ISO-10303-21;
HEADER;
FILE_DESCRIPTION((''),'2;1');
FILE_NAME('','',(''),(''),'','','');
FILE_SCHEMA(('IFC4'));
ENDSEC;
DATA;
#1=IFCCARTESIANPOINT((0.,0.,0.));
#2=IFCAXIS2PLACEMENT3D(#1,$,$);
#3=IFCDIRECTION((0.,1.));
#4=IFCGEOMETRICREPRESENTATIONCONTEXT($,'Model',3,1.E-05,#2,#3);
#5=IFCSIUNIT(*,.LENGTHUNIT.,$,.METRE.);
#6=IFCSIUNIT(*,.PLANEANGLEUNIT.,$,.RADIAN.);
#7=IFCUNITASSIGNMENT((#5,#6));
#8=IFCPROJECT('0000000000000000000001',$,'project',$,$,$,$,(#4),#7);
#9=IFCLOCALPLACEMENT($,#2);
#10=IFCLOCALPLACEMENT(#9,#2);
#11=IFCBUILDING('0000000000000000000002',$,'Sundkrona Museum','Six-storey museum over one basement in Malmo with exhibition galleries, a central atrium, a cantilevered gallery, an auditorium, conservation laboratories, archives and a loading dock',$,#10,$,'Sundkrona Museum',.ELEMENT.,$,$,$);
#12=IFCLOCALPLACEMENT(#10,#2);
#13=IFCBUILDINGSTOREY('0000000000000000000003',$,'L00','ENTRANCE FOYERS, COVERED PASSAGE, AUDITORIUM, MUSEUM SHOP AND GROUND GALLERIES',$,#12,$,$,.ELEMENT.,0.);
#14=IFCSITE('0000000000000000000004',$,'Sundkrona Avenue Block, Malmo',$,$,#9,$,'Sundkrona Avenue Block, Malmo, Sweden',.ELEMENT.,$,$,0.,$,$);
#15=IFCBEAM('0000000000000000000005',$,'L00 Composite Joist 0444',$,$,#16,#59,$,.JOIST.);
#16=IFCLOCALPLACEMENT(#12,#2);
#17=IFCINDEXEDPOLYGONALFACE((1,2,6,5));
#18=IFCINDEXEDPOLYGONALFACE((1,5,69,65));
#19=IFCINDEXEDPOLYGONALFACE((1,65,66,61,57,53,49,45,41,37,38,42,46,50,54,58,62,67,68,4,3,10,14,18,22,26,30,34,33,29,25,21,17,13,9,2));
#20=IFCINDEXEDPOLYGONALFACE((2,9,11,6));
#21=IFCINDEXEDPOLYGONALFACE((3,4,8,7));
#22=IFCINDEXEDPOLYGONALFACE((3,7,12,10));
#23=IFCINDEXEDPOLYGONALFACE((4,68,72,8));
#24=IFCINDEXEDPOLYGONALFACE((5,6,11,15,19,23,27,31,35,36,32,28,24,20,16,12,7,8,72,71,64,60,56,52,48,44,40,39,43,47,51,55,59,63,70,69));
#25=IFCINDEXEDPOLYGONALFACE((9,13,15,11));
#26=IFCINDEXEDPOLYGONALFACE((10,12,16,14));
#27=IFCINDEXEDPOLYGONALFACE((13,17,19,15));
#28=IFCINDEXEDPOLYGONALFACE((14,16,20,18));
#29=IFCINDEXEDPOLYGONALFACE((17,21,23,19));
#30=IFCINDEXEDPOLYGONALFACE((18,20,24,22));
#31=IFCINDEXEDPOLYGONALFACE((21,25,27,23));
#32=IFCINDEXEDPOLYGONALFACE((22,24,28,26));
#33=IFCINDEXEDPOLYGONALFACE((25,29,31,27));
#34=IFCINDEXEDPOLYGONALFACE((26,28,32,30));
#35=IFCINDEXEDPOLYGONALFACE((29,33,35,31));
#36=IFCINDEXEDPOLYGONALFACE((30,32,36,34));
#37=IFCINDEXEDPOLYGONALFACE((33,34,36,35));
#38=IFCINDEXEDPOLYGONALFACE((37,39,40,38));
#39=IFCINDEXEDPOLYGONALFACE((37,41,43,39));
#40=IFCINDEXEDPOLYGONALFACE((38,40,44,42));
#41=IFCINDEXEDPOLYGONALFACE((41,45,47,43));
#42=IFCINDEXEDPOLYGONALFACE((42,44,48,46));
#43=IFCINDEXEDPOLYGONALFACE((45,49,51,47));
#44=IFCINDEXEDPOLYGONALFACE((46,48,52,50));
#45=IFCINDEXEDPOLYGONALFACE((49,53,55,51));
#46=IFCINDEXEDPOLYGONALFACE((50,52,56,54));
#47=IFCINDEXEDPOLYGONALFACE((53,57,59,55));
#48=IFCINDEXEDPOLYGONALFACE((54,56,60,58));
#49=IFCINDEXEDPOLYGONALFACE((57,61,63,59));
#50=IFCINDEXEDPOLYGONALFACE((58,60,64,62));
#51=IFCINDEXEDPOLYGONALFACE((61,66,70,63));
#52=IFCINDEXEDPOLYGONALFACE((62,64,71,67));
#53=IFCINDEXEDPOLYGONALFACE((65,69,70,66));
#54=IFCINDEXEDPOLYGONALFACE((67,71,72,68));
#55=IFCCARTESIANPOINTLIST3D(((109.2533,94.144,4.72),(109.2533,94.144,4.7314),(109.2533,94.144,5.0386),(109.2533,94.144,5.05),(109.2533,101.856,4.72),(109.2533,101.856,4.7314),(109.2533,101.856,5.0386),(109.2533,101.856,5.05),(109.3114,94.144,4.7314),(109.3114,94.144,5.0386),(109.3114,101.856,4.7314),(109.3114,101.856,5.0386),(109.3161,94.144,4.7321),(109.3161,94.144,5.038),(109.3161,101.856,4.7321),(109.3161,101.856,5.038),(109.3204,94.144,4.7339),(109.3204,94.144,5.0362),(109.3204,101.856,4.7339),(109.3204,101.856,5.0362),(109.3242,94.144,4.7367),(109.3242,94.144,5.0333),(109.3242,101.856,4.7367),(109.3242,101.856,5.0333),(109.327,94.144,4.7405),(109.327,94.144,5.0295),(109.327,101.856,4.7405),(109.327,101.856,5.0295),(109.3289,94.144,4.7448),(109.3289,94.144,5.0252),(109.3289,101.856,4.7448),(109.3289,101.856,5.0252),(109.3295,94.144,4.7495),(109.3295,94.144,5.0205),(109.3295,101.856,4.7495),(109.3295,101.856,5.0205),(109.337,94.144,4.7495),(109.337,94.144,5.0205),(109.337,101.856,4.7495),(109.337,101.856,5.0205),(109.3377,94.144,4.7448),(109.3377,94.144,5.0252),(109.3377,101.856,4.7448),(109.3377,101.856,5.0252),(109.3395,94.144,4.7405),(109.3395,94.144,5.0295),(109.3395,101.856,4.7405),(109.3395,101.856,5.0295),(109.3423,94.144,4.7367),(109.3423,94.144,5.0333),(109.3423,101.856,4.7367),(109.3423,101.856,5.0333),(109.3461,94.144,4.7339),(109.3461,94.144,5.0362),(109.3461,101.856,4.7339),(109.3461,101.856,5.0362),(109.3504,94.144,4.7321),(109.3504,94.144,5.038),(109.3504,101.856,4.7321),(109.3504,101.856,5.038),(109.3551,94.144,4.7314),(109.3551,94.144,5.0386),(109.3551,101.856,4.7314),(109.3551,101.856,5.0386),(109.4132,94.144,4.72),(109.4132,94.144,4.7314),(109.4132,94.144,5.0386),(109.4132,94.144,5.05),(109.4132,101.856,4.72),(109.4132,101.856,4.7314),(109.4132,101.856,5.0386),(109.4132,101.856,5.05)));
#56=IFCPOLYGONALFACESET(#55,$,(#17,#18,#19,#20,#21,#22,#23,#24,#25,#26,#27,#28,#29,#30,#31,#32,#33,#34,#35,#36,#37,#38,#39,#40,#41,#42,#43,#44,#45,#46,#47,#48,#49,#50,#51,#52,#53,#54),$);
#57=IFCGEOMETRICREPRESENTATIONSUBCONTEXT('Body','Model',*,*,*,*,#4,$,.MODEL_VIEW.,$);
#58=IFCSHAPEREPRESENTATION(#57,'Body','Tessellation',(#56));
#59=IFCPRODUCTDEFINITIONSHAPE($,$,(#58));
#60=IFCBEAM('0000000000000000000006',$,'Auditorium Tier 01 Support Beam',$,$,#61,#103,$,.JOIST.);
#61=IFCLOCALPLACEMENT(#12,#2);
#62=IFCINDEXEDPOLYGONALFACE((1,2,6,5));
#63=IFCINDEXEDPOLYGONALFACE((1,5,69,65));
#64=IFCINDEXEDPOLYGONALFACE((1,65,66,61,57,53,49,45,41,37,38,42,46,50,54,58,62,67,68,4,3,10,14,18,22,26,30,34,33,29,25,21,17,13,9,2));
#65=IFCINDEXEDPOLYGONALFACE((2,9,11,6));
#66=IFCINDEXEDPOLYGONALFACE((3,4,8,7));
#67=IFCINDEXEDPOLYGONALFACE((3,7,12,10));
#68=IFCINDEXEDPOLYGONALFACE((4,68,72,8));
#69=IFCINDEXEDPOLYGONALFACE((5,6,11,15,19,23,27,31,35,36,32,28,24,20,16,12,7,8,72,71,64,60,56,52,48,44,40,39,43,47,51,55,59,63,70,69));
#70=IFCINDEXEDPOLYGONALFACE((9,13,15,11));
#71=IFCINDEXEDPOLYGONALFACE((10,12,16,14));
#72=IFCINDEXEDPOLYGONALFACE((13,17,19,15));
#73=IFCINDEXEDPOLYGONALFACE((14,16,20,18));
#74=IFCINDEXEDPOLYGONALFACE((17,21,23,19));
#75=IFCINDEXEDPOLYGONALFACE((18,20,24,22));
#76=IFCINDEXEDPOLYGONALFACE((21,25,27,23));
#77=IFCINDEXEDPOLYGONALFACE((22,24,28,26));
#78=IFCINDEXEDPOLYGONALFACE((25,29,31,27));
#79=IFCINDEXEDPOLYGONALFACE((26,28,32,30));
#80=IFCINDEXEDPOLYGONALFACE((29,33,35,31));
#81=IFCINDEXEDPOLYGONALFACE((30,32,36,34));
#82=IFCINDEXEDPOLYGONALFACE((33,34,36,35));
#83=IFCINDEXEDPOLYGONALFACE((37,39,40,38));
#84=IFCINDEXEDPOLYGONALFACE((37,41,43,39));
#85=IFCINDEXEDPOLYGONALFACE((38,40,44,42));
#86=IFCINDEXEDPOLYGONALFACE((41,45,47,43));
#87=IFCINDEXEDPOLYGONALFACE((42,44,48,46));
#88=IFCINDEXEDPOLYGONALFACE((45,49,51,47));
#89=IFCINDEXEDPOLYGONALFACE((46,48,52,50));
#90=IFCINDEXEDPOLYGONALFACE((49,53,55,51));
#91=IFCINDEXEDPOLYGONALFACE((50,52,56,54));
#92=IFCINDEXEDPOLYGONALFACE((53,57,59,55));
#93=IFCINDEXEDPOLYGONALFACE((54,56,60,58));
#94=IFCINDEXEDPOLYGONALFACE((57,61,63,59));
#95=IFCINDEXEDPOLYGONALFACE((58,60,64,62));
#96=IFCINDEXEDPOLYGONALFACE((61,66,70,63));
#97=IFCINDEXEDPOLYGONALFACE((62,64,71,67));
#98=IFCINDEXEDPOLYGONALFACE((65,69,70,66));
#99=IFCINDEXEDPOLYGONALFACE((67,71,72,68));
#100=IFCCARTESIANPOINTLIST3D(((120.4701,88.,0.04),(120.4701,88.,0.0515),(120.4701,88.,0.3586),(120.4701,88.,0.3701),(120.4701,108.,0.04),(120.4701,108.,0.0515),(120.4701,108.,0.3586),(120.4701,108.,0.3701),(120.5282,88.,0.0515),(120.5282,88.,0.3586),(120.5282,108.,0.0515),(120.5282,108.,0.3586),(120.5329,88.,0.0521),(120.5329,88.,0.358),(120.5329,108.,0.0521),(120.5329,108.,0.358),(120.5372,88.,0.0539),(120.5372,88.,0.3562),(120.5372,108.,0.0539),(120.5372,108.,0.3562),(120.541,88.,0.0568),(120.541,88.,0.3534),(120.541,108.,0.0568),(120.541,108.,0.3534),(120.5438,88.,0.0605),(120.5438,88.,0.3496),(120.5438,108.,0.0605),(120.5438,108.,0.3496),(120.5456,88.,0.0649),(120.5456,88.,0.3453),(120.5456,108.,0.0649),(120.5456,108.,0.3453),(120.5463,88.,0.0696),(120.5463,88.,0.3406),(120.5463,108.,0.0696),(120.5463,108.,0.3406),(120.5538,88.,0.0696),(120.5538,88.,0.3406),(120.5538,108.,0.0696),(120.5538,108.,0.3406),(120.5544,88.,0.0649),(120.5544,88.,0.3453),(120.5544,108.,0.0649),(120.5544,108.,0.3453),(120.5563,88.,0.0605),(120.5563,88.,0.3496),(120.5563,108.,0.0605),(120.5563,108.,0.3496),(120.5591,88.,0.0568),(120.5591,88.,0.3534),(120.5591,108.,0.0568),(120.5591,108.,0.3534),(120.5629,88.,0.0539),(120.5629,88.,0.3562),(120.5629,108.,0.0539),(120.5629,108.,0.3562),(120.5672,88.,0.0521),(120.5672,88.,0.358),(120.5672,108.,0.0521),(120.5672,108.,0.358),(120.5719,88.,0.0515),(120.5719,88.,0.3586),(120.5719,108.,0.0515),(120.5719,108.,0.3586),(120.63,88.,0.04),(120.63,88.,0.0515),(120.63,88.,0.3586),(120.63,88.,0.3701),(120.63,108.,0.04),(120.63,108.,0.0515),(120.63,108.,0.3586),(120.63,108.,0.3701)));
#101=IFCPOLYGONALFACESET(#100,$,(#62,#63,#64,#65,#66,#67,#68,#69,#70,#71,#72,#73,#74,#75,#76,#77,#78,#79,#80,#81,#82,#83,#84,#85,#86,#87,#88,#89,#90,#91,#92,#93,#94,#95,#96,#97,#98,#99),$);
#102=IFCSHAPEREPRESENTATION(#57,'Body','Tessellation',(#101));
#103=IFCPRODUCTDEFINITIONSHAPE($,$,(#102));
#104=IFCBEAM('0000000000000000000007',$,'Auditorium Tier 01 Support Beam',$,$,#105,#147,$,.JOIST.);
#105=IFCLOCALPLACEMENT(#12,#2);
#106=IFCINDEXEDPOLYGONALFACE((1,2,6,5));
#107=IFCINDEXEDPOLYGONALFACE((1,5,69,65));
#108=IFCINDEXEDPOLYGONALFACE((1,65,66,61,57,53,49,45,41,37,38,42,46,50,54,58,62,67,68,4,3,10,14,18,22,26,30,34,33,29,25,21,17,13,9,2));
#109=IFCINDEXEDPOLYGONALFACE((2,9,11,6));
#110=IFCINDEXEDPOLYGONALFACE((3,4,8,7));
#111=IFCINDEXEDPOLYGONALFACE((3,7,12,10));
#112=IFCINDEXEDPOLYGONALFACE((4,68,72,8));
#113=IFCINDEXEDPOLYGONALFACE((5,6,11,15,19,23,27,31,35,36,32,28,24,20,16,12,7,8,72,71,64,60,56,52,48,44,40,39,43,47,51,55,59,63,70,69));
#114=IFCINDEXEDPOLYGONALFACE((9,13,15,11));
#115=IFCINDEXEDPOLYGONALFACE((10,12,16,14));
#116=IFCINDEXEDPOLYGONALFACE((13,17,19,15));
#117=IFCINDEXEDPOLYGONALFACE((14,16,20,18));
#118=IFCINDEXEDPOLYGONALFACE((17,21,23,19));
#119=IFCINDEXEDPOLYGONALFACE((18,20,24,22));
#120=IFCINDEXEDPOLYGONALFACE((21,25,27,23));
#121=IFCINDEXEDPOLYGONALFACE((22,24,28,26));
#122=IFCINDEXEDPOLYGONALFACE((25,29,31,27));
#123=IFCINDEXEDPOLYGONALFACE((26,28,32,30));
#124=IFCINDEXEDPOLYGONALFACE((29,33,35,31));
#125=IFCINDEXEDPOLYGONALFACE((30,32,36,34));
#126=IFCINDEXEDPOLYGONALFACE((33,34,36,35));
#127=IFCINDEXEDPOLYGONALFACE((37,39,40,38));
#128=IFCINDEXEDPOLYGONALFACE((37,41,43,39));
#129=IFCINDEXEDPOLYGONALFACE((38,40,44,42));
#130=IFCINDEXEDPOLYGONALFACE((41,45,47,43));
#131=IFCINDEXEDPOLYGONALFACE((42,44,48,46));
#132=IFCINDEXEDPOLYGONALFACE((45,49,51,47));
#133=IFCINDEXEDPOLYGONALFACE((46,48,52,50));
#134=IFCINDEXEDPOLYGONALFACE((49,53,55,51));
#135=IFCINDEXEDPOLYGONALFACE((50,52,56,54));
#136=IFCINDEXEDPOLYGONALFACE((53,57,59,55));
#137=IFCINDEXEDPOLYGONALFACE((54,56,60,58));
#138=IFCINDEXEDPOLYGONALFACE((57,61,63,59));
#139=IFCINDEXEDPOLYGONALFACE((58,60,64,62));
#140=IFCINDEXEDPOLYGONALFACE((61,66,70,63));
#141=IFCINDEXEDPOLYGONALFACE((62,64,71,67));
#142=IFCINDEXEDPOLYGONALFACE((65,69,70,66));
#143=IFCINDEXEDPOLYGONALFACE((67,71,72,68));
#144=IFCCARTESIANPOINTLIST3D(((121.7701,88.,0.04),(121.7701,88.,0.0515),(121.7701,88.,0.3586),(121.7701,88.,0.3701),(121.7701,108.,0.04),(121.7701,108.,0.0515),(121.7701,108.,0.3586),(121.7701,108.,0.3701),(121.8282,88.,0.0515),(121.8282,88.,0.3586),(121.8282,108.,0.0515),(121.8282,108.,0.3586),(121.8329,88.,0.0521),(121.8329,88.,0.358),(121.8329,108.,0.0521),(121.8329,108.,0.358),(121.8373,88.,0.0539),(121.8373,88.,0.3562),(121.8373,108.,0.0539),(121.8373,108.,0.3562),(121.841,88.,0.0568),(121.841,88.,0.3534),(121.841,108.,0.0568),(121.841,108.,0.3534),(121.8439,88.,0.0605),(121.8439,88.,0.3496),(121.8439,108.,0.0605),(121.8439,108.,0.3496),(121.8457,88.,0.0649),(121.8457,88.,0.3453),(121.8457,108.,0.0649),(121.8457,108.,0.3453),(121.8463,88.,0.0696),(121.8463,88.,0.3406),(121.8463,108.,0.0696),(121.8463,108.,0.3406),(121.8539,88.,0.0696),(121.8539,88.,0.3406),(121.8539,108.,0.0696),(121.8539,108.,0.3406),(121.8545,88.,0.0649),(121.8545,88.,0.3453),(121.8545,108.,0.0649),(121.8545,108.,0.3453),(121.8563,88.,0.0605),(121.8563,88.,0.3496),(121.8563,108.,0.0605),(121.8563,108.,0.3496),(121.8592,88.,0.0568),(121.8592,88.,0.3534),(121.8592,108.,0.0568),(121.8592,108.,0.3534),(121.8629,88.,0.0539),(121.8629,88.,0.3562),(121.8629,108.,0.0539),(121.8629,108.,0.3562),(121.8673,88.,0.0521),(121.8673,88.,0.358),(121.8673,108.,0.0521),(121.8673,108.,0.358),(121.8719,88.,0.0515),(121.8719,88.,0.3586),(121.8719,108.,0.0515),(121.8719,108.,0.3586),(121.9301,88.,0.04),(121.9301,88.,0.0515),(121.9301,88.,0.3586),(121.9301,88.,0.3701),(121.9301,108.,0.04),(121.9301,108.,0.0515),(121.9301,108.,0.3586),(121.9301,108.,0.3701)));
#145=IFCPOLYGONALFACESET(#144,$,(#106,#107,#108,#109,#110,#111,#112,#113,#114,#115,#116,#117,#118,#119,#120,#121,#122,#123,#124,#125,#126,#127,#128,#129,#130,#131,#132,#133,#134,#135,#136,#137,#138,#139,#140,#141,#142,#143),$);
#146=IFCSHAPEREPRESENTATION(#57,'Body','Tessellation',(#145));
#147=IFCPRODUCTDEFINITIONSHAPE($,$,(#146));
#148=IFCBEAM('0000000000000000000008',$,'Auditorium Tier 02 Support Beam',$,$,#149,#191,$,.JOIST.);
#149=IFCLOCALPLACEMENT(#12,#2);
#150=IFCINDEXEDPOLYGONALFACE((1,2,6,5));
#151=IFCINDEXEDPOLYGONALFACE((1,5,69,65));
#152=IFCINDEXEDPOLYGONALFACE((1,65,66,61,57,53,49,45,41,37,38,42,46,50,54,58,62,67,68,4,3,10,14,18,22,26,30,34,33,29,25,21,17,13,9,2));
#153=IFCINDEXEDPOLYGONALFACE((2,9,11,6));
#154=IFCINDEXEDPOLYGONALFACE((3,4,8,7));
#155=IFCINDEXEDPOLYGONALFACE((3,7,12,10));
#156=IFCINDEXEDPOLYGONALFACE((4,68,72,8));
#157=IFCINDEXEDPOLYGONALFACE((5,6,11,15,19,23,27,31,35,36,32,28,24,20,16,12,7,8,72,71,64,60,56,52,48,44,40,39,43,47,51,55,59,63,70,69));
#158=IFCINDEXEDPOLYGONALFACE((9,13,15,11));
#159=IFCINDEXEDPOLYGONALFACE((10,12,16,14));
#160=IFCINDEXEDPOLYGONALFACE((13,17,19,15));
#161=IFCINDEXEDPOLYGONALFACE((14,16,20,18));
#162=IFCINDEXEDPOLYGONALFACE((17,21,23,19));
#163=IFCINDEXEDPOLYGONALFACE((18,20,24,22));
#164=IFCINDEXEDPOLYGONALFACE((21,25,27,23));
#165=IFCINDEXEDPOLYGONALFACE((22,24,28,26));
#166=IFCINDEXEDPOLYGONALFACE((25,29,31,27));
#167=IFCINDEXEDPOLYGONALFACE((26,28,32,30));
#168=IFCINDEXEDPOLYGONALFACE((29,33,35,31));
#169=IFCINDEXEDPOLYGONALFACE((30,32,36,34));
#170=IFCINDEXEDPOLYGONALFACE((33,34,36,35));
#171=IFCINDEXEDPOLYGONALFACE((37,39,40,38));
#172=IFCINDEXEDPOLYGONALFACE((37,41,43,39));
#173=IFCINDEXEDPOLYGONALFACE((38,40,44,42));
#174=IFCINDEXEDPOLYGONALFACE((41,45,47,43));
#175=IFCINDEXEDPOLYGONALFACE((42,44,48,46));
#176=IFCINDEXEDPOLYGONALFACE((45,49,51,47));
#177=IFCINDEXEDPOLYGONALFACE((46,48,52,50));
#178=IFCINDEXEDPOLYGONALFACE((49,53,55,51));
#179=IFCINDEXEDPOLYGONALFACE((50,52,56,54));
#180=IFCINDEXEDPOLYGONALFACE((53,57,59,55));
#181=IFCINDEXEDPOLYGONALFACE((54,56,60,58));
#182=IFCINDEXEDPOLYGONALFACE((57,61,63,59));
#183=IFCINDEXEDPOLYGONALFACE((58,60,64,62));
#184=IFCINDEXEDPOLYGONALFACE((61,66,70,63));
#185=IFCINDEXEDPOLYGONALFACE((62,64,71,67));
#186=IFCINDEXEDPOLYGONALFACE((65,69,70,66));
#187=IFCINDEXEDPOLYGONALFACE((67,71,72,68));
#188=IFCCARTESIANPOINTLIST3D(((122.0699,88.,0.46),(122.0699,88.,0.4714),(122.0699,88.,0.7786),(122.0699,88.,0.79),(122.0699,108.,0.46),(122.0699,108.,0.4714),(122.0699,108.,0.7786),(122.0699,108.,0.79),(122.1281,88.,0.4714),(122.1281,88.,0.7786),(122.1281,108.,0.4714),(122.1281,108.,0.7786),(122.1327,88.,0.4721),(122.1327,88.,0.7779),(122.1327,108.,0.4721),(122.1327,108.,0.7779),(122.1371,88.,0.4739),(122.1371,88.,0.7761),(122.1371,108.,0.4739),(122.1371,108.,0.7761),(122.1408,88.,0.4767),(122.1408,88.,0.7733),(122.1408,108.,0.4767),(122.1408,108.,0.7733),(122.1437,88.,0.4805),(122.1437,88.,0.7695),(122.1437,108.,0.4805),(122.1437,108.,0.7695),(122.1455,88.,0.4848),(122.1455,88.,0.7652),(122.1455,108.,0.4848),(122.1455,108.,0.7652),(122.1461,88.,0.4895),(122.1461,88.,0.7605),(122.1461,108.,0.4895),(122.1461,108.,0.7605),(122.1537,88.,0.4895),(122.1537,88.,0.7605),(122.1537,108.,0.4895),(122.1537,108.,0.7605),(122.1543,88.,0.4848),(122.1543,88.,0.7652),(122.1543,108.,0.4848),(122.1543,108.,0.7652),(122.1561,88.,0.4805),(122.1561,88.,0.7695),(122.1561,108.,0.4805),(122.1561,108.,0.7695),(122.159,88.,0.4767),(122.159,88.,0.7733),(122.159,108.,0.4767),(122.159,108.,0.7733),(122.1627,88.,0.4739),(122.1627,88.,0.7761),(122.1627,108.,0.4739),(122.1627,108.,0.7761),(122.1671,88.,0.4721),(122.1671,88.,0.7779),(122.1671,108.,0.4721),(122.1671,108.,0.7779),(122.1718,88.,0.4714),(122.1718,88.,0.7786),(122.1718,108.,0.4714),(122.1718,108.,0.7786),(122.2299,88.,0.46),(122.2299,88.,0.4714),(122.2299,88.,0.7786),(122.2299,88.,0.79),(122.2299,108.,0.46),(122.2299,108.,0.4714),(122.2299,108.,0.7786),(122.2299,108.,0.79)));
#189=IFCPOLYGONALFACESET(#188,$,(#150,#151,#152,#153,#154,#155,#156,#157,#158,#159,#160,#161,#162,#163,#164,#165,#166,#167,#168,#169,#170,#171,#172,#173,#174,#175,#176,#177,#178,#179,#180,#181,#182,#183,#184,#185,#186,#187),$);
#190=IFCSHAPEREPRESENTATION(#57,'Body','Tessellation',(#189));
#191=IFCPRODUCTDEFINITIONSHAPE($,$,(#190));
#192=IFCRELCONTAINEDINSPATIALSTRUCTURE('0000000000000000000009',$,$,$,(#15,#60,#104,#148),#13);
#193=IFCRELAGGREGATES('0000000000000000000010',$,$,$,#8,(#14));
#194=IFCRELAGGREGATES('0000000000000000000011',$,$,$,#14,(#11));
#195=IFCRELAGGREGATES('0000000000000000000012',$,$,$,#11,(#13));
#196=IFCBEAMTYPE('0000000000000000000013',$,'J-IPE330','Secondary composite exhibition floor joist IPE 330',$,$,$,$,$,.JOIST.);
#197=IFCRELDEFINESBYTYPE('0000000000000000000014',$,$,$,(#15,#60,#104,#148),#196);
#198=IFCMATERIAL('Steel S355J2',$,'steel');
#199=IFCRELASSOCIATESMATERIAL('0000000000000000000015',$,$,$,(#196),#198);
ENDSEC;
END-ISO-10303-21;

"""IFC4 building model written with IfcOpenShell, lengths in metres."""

from ifc_helpers import new_model, si_unit, direction, frame, origin, origin_2d, place, context, subcontext, project, spatial, i_section, extrude, material, material_profile, profile_set, type_object, element, save


model = new_model("IFC4")

# Units and contexts
model_context = context("Model", 3, precision=1e-05, world=origin(), true_north=direction((0.0, 1.0)))
body_context = subcontext(model_context, "Body", "Model", "MODEL_VIEW")
ifc_project = project(units=[si_unit("LENGTHUNIT", "METRE"), si_unit("PLANEANGLEUNIT", "RADIAN")], contexts=[model_context])

# Site, building, storey
site_placement = place(None, origin())
site = spatial("IfcSite", under=ifc_project, at=site_placement, Name="Sundkrona Avenue Block, Malmo", LongName="Sundkrona Avenue Block, Malmo, Sweden", CompositionType="ELEMENT", RefElevation=0.0)
building_placement = place(site_placement, origin())
building = spatial("IfcBuilding", under=site, at=building_placement, Name="Sundkrona Museum", Description="Six-storey museum over one basement in Malmo with exhibition galleries, a central atrium, a cantilevered gallery, an auditorium, conservation laboratories, archives and a loading dock", LongName="Sundkrona Museum", CompositionType="ELEMENT")
storey_placement = place(building_placement, origin())
storey = spatial("IfcBuildingStorey", under=building, at=storey_placement, Name="L00", Description="ENTRANCE FOYERS, COVERED PASSAGE, AUDITORIUM, MUSEUM SHOP AND GROUND GALLERIES", CompositionType="ELEMENT", Elevation=0.0)

# Shared definitions
ifc_material_1 = material(Name="Steel S355J2", Category="steel")

# Beams
ifc_material_profile_1 = material_profile(ifc_material_1, i_section(OverallWidth=0.1599, OverallDepth=0.3301, WebThickness=0.0076, FlangeThickness=0.0115, FilletRadius=0.0181, at=origin_2d()), Name="IPE 330")
ifc_profile_set_1 = profile_set([ifc_material_profile_1], Name="Steel S355J2")
beam_type_1 = type_object("IfcBeamType", Name="J-IPE330", Description="Secondary composite exhibition floor joist IPE 330", PredefinedType="JOIST", material=ifc_profile_set_1)
for number, where, z_axis, x_axis, name in (
    (1, (109.3333, 94.144, 4.885), (0.0, 1.0, 0.0), (-1.0, 0.0, 0.0), "L00 Composite Joist 0444"),
):
    element("IfcBeam", number, at=place(storey_placement, frame(where, z_axis=z_axis, x_axis=x_axis)), inside=storey, type_object=beam_type_1, Name=name, PredefinedType="JOIST", context=body_context, shape_type="SweptSolid", body=[
        extrude(i_section(OverallWidth=0.1599, OverallDepth=0.3301, WebThickness=0.0076, FlangeThickness=0.0115, FilletRadius=0.0181, at=origin_2d()), origin(), (0.0, 0.0, 1.0), 7.7119),
    ])
for number, where, z_axis, x_axis, name in (
    (2, (120.55, 88.0, 0.2051), (0.0, 1.0, 0.0), (-1.0, 0.0, 0.0), "Auditorium Tier 01 Support Beam"),
    (3, (121.8501, 88.0, 0.2051), (0.0, 1.0, 0.0), (-1.0, 0.0, 0.0), "Auditorium Tier 01 Support Beam"),
    (4, (122.1499, 88.0, 0.625), (0.0, 1.0, 0.0), (-1.0, 0.0, 0.0), "Auditorium Tier 02 Support Beam"),
):
    element("IfcBeam", number, at=place(storey_placement, frame(where, z_axis=z_axis, x_axis=x_axis)), inside=storey, type_object=beam_type_1, Name=name, PredefinedType="JOIST", context=body_context, shape_type="SweptSolid", body=[
        extrude(i_section(OverallWidth=0.1599, OverallDepth=0.3301, WebThickness=0.0076, FlangeThickness=0.0115, FilletRadius=0.0181, at=origin_2d()), origin(), (0.0, 0.0, 1.0), 20.0),
    ])

save(model, "model.ifc")
